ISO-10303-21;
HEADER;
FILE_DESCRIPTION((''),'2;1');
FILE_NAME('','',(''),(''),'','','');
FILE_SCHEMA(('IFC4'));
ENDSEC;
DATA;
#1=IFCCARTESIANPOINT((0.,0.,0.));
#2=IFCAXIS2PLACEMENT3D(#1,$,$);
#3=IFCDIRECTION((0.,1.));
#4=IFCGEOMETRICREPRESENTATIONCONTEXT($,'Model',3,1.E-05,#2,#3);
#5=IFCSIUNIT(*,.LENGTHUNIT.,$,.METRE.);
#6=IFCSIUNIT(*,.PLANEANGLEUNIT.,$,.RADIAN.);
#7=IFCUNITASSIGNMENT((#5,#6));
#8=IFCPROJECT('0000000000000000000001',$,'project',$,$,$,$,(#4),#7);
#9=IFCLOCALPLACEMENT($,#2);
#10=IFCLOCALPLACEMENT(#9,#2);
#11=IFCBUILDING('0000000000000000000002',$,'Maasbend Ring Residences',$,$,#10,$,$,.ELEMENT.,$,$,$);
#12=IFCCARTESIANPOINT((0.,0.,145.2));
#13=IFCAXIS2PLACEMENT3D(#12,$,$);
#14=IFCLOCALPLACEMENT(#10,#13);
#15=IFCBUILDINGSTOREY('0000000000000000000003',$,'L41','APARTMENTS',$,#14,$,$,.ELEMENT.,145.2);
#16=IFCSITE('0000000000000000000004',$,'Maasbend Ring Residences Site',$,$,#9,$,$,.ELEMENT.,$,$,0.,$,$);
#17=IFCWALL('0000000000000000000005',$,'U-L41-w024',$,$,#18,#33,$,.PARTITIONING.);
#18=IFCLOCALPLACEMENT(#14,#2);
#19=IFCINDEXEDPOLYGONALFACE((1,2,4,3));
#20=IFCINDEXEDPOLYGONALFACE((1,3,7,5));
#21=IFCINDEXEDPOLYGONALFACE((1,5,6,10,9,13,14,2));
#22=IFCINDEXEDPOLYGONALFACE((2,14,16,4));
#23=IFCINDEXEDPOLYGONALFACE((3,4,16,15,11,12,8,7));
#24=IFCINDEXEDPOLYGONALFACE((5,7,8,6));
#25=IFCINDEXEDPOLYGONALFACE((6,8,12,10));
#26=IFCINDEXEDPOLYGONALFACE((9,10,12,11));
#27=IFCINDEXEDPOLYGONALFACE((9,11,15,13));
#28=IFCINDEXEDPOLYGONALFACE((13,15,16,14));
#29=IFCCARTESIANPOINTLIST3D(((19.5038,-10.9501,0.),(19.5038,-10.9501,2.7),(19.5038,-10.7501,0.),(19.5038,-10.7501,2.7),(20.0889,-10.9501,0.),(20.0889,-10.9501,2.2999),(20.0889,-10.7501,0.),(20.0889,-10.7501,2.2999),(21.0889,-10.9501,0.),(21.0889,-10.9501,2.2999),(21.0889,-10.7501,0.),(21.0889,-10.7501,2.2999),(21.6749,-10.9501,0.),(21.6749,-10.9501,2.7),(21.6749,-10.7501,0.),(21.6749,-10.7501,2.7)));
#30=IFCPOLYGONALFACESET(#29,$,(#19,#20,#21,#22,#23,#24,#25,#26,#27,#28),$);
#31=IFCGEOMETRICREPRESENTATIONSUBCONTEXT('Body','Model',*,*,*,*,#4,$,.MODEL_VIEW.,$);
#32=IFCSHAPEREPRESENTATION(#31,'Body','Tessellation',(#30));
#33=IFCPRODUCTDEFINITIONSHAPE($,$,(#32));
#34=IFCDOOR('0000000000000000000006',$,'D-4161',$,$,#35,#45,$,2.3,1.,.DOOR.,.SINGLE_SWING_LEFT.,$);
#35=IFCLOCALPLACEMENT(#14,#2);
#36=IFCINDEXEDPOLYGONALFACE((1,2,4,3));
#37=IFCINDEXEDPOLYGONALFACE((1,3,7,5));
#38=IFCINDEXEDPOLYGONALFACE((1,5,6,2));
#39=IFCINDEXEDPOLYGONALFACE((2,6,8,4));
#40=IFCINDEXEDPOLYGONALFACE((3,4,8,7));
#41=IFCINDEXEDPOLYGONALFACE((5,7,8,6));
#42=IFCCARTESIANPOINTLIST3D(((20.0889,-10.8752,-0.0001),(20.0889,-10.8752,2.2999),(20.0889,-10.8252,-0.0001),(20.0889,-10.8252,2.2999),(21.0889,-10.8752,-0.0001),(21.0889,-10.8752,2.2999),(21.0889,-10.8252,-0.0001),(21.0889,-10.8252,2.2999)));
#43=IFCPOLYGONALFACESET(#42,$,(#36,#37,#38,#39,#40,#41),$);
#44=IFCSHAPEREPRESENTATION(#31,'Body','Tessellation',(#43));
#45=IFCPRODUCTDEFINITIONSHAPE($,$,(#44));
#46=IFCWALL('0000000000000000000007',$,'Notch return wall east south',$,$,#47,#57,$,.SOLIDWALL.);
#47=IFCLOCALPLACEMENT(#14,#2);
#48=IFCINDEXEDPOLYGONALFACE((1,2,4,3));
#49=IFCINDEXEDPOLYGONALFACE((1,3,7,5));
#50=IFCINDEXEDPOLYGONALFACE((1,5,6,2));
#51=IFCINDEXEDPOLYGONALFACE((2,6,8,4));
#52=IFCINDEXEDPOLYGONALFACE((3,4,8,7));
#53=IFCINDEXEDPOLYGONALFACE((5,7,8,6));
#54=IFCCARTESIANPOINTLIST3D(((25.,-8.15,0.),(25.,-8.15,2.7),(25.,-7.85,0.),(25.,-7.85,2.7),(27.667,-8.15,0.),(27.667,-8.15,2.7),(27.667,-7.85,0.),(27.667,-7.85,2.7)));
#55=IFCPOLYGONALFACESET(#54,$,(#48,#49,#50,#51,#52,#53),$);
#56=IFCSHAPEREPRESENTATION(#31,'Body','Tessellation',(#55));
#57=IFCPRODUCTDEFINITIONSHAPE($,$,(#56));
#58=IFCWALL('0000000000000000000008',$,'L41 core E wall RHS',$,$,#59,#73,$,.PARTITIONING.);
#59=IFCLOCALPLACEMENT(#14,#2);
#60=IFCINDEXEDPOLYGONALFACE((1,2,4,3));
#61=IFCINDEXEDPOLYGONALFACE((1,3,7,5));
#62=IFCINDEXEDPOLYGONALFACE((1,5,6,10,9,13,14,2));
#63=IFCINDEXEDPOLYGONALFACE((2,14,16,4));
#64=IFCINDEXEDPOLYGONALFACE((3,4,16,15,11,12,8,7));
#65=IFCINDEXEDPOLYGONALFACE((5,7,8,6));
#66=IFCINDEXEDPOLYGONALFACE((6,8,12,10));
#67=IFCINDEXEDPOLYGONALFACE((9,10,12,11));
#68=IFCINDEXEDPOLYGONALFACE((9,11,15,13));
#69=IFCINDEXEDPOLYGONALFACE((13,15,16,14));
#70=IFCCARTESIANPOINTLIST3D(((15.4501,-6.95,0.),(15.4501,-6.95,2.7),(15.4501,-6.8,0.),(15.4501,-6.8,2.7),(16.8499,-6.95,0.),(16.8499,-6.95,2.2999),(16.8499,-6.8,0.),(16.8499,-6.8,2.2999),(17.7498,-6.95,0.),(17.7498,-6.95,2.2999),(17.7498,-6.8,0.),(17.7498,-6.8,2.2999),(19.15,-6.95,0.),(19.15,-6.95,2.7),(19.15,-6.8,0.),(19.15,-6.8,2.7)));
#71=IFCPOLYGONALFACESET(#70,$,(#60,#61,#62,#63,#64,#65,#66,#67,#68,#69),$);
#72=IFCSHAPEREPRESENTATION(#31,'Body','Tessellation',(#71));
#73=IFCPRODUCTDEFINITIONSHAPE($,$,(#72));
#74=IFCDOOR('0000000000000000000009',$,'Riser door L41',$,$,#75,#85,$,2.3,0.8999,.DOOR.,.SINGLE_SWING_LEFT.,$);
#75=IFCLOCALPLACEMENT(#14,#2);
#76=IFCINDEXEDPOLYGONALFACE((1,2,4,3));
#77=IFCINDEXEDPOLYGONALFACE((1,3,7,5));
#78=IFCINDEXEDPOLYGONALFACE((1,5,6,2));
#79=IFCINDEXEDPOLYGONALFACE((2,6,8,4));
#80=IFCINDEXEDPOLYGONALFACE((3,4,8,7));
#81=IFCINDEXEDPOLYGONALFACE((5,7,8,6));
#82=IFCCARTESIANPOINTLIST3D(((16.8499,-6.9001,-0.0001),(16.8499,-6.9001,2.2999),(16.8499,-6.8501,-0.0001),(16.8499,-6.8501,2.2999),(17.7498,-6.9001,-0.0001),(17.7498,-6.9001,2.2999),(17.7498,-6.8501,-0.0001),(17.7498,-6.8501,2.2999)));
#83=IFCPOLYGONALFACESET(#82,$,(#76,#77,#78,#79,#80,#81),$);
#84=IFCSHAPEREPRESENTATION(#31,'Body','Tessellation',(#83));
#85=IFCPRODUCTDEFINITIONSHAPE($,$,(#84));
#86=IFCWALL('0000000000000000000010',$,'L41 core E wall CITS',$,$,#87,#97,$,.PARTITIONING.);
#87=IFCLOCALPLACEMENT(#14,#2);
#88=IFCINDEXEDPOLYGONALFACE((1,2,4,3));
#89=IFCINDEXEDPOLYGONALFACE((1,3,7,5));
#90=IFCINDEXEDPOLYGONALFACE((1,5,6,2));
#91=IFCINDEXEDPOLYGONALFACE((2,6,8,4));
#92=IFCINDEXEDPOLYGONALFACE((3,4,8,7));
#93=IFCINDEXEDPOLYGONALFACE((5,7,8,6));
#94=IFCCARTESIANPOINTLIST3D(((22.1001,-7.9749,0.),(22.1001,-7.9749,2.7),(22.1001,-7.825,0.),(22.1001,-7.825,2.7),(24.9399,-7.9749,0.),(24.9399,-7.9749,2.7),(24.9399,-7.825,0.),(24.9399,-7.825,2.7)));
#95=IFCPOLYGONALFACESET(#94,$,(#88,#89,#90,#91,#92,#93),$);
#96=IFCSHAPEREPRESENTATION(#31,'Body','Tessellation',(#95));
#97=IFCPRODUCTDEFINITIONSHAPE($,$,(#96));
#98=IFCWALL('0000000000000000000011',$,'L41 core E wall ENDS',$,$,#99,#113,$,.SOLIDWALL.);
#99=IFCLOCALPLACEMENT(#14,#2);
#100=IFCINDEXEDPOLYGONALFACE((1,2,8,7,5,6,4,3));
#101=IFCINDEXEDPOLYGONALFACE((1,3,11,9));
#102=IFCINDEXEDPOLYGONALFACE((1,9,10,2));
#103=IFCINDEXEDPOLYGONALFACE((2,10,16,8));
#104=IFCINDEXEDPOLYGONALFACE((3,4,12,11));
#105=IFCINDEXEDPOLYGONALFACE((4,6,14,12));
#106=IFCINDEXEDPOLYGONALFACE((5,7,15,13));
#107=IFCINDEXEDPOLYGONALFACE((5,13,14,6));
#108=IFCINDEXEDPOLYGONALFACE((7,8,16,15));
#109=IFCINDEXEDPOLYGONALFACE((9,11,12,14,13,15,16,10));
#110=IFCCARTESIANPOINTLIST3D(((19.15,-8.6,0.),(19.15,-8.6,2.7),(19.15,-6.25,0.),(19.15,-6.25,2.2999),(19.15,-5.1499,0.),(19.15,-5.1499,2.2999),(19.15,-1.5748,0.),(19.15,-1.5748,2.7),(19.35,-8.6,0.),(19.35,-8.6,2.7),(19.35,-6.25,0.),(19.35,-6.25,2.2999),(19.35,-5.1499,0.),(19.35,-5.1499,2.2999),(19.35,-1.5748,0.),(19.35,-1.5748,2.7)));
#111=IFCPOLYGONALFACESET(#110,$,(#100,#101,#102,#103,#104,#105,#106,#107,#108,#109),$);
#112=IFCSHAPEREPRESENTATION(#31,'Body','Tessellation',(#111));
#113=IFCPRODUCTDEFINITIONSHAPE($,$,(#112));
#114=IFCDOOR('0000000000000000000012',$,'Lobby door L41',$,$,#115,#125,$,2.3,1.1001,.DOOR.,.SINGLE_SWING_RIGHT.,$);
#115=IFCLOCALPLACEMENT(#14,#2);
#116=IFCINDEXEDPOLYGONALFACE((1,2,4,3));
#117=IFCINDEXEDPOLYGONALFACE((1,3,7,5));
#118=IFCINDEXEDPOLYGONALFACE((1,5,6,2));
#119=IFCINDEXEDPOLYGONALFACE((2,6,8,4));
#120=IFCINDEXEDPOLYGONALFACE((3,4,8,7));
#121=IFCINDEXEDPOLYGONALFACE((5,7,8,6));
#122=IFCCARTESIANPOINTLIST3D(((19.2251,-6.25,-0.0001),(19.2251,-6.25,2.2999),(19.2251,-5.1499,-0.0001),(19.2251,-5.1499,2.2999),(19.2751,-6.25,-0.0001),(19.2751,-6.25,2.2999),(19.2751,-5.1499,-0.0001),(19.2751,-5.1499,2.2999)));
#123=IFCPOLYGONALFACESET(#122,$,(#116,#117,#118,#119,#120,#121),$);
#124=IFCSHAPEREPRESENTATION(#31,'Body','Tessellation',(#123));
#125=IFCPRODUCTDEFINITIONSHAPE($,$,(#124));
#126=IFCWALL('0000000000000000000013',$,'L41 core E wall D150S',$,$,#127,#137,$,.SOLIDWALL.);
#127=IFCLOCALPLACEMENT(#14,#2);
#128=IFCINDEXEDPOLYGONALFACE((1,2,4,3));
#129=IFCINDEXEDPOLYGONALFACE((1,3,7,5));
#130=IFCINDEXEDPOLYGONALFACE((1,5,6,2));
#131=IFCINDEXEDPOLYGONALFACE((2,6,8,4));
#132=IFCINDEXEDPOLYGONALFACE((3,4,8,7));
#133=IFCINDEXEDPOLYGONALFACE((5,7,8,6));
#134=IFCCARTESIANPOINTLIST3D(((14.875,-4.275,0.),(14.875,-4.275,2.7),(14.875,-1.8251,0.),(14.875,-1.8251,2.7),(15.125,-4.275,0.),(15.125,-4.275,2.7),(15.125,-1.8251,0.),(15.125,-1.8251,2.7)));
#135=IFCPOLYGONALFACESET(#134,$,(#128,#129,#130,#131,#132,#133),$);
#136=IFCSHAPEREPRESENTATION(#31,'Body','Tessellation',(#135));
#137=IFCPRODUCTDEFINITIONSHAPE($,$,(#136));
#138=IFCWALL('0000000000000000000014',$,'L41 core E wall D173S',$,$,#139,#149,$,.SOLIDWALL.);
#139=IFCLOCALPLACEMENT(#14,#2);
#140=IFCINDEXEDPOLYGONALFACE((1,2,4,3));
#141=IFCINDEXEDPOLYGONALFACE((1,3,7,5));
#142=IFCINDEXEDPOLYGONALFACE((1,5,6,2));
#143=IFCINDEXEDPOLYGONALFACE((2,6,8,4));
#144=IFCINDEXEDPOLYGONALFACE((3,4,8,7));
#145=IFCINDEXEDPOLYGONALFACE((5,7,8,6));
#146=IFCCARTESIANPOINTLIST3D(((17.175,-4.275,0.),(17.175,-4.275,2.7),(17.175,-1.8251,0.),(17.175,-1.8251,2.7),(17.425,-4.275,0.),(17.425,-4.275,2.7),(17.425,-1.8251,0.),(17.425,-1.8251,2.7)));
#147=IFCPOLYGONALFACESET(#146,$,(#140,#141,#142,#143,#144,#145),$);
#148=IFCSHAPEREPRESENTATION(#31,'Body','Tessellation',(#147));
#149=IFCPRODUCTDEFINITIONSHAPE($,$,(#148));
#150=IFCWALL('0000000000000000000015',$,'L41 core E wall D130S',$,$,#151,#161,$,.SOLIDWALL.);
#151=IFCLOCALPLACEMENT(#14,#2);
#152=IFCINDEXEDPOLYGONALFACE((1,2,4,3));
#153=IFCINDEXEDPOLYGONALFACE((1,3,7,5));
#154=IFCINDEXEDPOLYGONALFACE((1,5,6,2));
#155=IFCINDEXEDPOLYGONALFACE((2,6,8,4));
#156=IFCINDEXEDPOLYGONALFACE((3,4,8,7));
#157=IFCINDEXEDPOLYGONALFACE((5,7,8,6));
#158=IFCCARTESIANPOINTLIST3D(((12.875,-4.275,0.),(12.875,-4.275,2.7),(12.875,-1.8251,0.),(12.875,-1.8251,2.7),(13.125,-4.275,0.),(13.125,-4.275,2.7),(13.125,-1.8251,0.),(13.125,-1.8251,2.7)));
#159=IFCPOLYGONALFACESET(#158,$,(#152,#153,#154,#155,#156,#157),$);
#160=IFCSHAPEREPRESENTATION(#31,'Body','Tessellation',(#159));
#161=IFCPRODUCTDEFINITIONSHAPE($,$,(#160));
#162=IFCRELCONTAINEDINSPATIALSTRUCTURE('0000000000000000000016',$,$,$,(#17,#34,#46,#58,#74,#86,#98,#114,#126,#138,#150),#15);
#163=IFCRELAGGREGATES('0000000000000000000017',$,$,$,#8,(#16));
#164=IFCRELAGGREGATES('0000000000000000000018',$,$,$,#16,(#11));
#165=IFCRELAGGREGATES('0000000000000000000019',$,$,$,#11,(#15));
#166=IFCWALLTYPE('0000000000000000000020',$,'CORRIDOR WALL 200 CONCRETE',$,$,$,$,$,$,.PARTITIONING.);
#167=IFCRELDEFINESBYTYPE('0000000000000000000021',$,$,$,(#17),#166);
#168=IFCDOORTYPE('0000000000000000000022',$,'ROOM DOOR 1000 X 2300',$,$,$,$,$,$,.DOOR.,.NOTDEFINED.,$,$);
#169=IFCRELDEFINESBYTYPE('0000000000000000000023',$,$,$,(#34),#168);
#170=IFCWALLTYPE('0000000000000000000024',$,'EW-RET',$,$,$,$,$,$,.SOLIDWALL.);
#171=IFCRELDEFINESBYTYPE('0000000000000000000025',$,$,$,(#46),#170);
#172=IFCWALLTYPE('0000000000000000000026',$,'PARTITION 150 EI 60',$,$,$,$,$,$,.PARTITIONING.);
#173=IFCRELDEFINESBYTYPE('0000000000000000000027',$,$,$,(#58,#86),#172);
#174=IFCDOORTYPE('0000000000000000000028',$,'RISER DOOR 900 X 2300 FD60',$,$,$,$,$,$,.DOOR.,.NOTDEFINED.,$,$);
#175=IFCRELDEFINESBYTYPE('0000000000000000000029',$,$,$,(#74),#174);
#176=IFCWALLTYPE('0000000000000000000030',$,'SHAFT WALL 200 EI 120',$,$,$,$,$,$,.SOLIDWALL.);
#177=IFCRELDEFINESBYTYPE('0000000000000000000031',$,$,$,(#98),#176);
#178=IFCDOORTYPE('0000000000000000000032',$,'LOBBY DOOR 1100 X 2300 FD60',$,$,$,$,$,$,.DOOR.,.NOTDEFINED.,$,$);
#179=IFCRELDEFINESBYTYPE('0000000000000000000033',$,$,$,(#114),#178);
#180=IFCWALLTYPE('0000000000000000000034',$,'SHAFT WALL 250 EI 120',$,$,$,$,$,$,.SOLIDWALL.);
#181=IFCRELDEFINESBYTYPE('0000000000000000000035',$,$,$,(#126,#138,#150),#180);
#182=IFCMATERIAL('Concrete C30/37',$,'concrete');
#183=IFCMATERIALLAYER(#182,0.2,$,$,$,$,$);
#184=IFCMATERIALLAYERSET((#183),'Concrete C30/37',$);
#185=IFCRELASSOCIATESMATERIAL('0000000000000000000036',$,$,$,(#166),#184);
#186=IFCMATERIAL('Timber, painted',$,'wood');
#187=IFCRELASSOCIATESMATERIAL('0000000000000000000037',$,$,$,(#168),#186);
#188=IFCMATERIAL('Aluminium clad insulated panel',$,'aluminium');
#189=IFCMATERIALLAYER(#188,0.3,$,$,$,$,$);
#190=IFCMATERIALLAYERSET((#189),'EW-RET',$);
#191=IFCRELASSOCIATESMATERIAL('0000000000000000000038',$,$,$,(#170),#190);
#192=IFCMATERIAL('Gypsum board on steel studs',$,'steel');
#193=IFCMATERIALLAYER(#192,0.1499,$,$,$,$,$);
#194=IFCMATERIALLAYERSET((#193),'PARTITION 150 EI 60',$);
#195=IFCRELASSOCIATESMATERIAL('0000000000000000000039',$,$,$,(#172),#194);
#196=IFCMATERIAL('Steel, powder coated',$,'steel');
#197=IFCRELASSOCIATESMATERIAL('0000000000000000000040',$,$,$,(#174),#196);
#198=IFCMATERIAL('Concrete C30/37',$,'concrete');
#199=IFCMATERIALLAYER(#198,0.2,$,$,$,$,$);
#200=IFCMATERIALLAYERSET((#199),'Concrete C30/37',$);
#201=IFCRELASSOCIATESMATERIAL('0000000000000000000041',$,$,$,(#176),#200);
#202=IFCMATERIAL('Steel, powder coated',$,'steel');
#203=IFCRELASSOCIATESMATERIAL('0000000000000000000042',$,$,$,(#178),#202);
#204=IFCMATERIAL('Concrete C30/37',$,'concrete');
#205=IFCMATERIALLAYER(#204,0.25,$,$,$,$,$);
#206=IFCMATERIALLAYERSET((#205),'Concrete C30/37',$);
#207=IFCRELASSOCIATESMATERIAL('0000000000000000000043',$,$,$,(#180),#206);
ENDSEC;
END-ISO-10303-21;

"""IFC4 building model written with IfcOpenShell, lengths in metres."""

from ifc_helpers import new_model, si_unit, direction, frame, frame_2d, origin, place, context, subcontext, project, spatial, rectangle, extrude, material, layer, layer_set, type_object, element, fill, save


model = new_model("IFC4")

# Units and contexts
model_context = context("Model", 3, precision=1e-05, world=origin(), true_north=direction((0.0, 1.0)))
body_context = subcontext(model_context, "Body", "Model", "MODEL_VIEW")
ifc_project = project(units=[si_unit("LENGTHUNIT", "METRE"), si_unit("PLANEANGLEUNIT", "RADIAN")], contexts=[model_context])

# Site, building, storey
site_placement = place(None, origin())
site = spatial("IfcSite", under=ifc_project, at=site_placement, Name="Maasbend Ring Residences Site", CompositionType="ELEMENT", RefElevation=0.0)
building_placement = place(site_placement, origin())
building = spatial("IfcBuilding", under=site, at=building_placement, Name="Maasbend Ring Residences", CompositionType="ELEMENT")
storey_placement = place(building_placement, frame((0.0, 0.0, 145.2)))
storey = spatial("IfcBuildingStorey", under=building, at=storey_placement, Name="L41", Description="APARTMENTS", CompositionType="ELEMENT", Elevation=145.2)

# Shared definitions
ifc_material_1 = material(Name="Concrete C30/37", Category="concrete")
ifc_layer_1 = layer(ifc_material_1, 0.2)
ifc_layer_set_1 = layer_set([ifc_layer_1], Name="Concrete C30/37")
wall_type_1 = type_object("IfcWallType", Name="CORRIDOR WALL 200 CONCRETE", PredefinedType="PARTITIONING", material=ifc_layer_set_1)

# Wall, opening, door
wall_1_placement = place(storey_placement, frame((19.5039, -10.8501, 0.0), z_axis=(0.0, 0.0, 1.0), x_axis=(1.0, 0.0, 0.0)))
wall_1 = element("IfcWall", 1, at=wall_1_placement, inside=storey, type_object=wall_type_1, Name="U-L41-w024", PredefinedType="PARTITIONING", context=body_context, shape_type="SweptSolid", body=[
    extrude(rectangle(XDim=2.1711, YDim=0.2, at=frame_2d((1.0854, 0.0))), origin(), (0.0, 0.0, 1.0), 2.7),
])
opening_1_placement = place(wall_1_placement, frame((0.585, 0.0, 0.0)))
opening_1 = element("IfcOpeningElement", 2, at=opening_1_placement, cuts=wall_1, PredefinedType="OPENING", context=body_context, shape_type="SweptSolid", body=[
    extrude(rectangle(XDim=1.0, YDim=2.3, at=frame_2d((0.5, 1.1499))), frame((0.0, 0.1099, 0.0), z_axis=(0.0, -1.0, 0.0), x_axis=(1.0, 0.0, 0.0)), (0.0, 0.0, 1.0), 0.22),
])
ifc_material_2 = material(Name="Timber, painted", Category="wood")
door_type_1 = type_object("IfcDoorType", Name="ROOM DOOR 1000 X 2300", OperationType="NOTDEFINED", PredefinedType="DOOR", material=ifc_material_2)
door_1_placement = place(opening_1_placement, origin())
door_1 = element("IfcDoor", 3, at=door_1_placement, inside=storey, type_object=door_type_1, Name="D-4161", OperationType="SINGLE_SWING_LEFT", OverallHeight=2.3, OverallWidth=1.0, PredefinedType="DOOR", context=body_context, shape_type="SweptSolid", body=[
    extrude(rectangle(XDim=1.0, YDim=2.3, at=frame_2d((0.5, 1.1499))), frame((0.0, 0.0249, 0.0), z_axis=(0.0, -1.0, 0.0), x_axis=(1.0, 0.0, 0.0)), (0.0, 0.0, 1.0), 0.05),
])
fill(opening_1, door_1)

# Wall
ifc_material_3 = material(Name="Aluminium clad insulated panel", Category="aluminium")
ifc_layer_2 = layer(ifc_material_3, 0.3)
ifc_layer_set_2 = layer_set([ifc_layer_2], Name="EW-RET")
wall_type_2 = type_object("IfcWallType", Name="EW-RET", PredefinedType="SOLIDWALL", material=ifc_layer_set_2)
wall_2_placement = place(storey_placement, frame((25.0, -8.0, 0.0), z_axis=(0.0, 0.0, 1.0), x_axis=(1.0, 0.0, 0.0)))
element("IfcWall", 4, at=wall_2_placement, inside=storey, type_object=wall_type_2, Name="Notch return wall east south", PredefinedType="SOLIDWALL", context=body_context, shape_type="SweptSolid", body=[
    extrude(rectangle(XDim=2.667, YDim=0.3, at=frame_2d((1.3335, 0.0))), origin(), (0.0, 0.0, 1.0), 2.7),
])

# Wall, opening, door
ifc_material_4 = material(Name="Gypsum board on steel studs", Category="steel")
ifc_layer_3 = layer(ifc_material_4, 0.1499)
ifc_layer_set_3 = layer_set([ifc_layer_3], Name="PARTITION 150 EI 60")
wall_type_3 = type_object("IfcWallType", Name="PARTITION 150 EI 60", PredefinedType="PARTITIONING", material=ifc_layer_set_3)
wall_3_placement = place(storey_placement, frame((15.45, -6.875, 0.0), z_axis=(0.0, 0.0, 1.0), x_axis=(1.0, 0.0, 0.0)))
wall_3 = element("IfcWall", 5, at=wall_3_placement, inside=storey, type_object=wall_type_3, Name="L41 core E wall RHS", PredefinedType="PARTITIONING", context=body_context, shape_type="SweptSolid", body=[
    extrude(rectangle(XDim=3.7, YDim=0.1499, at=frame_2d((1.8501, 0.0))), origin(), (0.0, 0.0, 1.0), 2.7),
])
opening_2_placement = place(wall_3_placement, frame((1.3999, 0.0, 0.0)))
opening_2 = element("IfcOpeningElement", 6, at=opening_2_placement, cuts=wall_3, PredefinedType="OPENING", context=body_context, shape_type="SweptSolid", body=[
    extrude(rectangle(XDim=0.8999, YDim=2.3, at=frame_2d((0.45, 1.1499))), frame((0.0, 0.085, 0.0), z_axis=(0.0, -1.0, 0.0), x_axis=(1.0, 0.0, 0.0)), (0.0, 0.0, 1.0), 0.1699),
])
ifc_material_5 = material(Name="Steel, powder coated", Category="steel")
door_type_2 = type_object("IfcDoorType", Name="RISER DOOR 900 X 2300 FD60", OperationType="NOTDEFINED", PredefinedType="DOOR", material=ifc_material_5)
door_2_placement = place(opening_2_placement, origin())
door_2 = element("IfcDoor", 7, at=door_2_placement, inside=storey, type_object=door_type_2, Name="Riser door L41", OperationType="SINGLE_SWING_LEFT", OverallHeight=2.3, OverallWidth=0.8999, PredefinedType="DOOR", context=body_context, shape_type="SweptSolid", body=[
    extrude(rectangle(XDim=0.8999, YDim=2.3, at=frame_2d((0.45, 1.1499))), frame((0.0, 0.0249, 0.0), z_axis=(0.0, -1.0, 0.0), x_axis=(1.0, 0.0, 0.0)), (0.0, 0.0, 1.0), 0.05),
])
fill(opening_2, door_2)

# Wall
wall_4_placement = place(storey_placement, frame((22.1001, -7.8999, 0.0), z_axis=(0.0, 0.0, 1.0), x_axis=(1.0, 0.0, 0.0)))
element("IfcWall", 8, at=wall_4_placement, inside=storey, type_object=wall_type_3, Name="L41 core E wall CITS", PredefinedType="PARTITIONING", context=body_context, shape_type="SweptSolid", body=[
    extrude(rectangle(XDim=2.8398, YDim=0.1499, at=frame_2d((1.4199, 0.0))), origin(), (0.0, 0.0, 1.0), 2.7),
])

# Wall, opening, door
ifc_material_6 = material(Name="Concrete C30/37", Category="concrete")
ifc_layer_4 = layer(ifc_material_6, 0.2)
ifc_layer_set_4 = layer_set([ifc_layer_4], Name="Concrete C30/37")
wall_type_4 = type_object("IfcWallType", Name="SHAFT WALL 200 EI 120", PredefinedType="SOLIDWALL", material=ifc_layer_set_4)
wall_5_placement = place(storey_placement, frame((19.25, -8.6001, 0.0), z_axis=(0.0, 0.0, 1.0), x_axis=(0.0, 1.0, 0.0)))
wall_5 = element("IfcWall", 9, at=wall_5_placement, inside=storey, type_object=wall_type_4, Name="L41 core E wall ENDS", PredefinedType="SOLIDWALL", context=body_context, shape_type="SweptSolid", body=[
    extrude(rectangle(XDim=7.0251, YDim=0.2, at=frame_2d((3.5127, 0.0))), origin(), (0.0, 0.0, 1.0), 2.7),
])
opening_3_placement = place(wall_5_placement, frame((2.3501, 0.0, 0.0)))
opening_3 = element("IfcOpeningElement", 10, at=opening_3_placement, cuts=wall_5, PredefinedType="OPENING", context=body_context, shape_type="SweptSolid", body=[
    extrude(rectangle(XDim=1.1001, YDim=2.3, at=frame_2d((0.55, 1.1499))), frame((0.0, 0.1099, 0.0), z_axis=(0.0, -1.0, 0.0), x_axis=(1.0, 0.0, 0.0)), (0.0, 0.0, 1.0), 0.22),
])
ifc_material_7 = material(Name="Steel, powder coated", Category="steel")
door_type_3 = type_object("IfcDoorType", Name="LOBBY DOOR 1100 X 2300 FD60", OperationType="NOTDEFINED", PredefinedType="DOOR", material=ifc_material_7)
door_3_placement = place(opening_3_placement, origin())
door_3 = element("IfcDoor", 11, at=door_3_placement, inside=storey, type_object=door_type_3, Name="Lobby door L41", OperationType="SINGLE_SWING_RIGHT", OverallHeight=2.3, OverallWidth=1.1001, PredefinedType="DOOR", context=body_context, shape_type="SweptSolid", body=[
    extrude(rectangle(XDim=1.1001, YDim=2.3, at=frame_2d((0.55, 1.1499))), frame((0.0, 0.0249, 0.0), z_axis=(0.0, -1.0, 0.0), x_axis=(1.0, 0.0, 0.0)), (0.0, 0.0, 1.0), 0.05),
])
fill(opening_3, door_3)

# Walls
ifc_material_8 = material(Name="Concrete C30/37", Category="concrete")
ifc_layer_5 = layer(ifc_material_8, 0.25)
ifc_layer_set_5 = layer_set([ifc_layer_5], Name="Concrete C30/37")
wall_type_5 = type_object("IfcWallType", Name="SHAFT WALL 250 EI 120", PredefinedType="SOLIDWALL", material=ifc_layer_set_5)
for number, where, z_axis, x_axis, name in (
    (12, (15.0, -1.825, 0.0), (0.0, 0.0, 1.0), (0.0, -1.0, 0.0), "L41 core E wall D150S"),
    (13, (17.3, -1.825, 0.0), (0.0, 0.0, 1.0), (0.0, -1.0, 0.0), "L41 core E wall D173S"),
    (14, (13.0, -1.825, 0.0), (0.0, 0.0, 1.0), (0.0, -1.0, 0.0), "L41 core E wall D130S"),
):
    element("IfcWall", number, at=place(storey_placement, frame(where, z_axis=z_axis, x_axis=x_axis)), inside=storey, type_object=wall_type_5, Name=name, PredefinedType="SOLIDWALL", context=body_context, shape_type="SweptSolid", body=[
        extrude(rectangle(XDim=2.45, YDim=0.25, at=frame_2d((1.2251, 0.0))), origin(), (0.0, 0.0, 1.0), 2.7),
    ])

save(model, "model.ifc")
